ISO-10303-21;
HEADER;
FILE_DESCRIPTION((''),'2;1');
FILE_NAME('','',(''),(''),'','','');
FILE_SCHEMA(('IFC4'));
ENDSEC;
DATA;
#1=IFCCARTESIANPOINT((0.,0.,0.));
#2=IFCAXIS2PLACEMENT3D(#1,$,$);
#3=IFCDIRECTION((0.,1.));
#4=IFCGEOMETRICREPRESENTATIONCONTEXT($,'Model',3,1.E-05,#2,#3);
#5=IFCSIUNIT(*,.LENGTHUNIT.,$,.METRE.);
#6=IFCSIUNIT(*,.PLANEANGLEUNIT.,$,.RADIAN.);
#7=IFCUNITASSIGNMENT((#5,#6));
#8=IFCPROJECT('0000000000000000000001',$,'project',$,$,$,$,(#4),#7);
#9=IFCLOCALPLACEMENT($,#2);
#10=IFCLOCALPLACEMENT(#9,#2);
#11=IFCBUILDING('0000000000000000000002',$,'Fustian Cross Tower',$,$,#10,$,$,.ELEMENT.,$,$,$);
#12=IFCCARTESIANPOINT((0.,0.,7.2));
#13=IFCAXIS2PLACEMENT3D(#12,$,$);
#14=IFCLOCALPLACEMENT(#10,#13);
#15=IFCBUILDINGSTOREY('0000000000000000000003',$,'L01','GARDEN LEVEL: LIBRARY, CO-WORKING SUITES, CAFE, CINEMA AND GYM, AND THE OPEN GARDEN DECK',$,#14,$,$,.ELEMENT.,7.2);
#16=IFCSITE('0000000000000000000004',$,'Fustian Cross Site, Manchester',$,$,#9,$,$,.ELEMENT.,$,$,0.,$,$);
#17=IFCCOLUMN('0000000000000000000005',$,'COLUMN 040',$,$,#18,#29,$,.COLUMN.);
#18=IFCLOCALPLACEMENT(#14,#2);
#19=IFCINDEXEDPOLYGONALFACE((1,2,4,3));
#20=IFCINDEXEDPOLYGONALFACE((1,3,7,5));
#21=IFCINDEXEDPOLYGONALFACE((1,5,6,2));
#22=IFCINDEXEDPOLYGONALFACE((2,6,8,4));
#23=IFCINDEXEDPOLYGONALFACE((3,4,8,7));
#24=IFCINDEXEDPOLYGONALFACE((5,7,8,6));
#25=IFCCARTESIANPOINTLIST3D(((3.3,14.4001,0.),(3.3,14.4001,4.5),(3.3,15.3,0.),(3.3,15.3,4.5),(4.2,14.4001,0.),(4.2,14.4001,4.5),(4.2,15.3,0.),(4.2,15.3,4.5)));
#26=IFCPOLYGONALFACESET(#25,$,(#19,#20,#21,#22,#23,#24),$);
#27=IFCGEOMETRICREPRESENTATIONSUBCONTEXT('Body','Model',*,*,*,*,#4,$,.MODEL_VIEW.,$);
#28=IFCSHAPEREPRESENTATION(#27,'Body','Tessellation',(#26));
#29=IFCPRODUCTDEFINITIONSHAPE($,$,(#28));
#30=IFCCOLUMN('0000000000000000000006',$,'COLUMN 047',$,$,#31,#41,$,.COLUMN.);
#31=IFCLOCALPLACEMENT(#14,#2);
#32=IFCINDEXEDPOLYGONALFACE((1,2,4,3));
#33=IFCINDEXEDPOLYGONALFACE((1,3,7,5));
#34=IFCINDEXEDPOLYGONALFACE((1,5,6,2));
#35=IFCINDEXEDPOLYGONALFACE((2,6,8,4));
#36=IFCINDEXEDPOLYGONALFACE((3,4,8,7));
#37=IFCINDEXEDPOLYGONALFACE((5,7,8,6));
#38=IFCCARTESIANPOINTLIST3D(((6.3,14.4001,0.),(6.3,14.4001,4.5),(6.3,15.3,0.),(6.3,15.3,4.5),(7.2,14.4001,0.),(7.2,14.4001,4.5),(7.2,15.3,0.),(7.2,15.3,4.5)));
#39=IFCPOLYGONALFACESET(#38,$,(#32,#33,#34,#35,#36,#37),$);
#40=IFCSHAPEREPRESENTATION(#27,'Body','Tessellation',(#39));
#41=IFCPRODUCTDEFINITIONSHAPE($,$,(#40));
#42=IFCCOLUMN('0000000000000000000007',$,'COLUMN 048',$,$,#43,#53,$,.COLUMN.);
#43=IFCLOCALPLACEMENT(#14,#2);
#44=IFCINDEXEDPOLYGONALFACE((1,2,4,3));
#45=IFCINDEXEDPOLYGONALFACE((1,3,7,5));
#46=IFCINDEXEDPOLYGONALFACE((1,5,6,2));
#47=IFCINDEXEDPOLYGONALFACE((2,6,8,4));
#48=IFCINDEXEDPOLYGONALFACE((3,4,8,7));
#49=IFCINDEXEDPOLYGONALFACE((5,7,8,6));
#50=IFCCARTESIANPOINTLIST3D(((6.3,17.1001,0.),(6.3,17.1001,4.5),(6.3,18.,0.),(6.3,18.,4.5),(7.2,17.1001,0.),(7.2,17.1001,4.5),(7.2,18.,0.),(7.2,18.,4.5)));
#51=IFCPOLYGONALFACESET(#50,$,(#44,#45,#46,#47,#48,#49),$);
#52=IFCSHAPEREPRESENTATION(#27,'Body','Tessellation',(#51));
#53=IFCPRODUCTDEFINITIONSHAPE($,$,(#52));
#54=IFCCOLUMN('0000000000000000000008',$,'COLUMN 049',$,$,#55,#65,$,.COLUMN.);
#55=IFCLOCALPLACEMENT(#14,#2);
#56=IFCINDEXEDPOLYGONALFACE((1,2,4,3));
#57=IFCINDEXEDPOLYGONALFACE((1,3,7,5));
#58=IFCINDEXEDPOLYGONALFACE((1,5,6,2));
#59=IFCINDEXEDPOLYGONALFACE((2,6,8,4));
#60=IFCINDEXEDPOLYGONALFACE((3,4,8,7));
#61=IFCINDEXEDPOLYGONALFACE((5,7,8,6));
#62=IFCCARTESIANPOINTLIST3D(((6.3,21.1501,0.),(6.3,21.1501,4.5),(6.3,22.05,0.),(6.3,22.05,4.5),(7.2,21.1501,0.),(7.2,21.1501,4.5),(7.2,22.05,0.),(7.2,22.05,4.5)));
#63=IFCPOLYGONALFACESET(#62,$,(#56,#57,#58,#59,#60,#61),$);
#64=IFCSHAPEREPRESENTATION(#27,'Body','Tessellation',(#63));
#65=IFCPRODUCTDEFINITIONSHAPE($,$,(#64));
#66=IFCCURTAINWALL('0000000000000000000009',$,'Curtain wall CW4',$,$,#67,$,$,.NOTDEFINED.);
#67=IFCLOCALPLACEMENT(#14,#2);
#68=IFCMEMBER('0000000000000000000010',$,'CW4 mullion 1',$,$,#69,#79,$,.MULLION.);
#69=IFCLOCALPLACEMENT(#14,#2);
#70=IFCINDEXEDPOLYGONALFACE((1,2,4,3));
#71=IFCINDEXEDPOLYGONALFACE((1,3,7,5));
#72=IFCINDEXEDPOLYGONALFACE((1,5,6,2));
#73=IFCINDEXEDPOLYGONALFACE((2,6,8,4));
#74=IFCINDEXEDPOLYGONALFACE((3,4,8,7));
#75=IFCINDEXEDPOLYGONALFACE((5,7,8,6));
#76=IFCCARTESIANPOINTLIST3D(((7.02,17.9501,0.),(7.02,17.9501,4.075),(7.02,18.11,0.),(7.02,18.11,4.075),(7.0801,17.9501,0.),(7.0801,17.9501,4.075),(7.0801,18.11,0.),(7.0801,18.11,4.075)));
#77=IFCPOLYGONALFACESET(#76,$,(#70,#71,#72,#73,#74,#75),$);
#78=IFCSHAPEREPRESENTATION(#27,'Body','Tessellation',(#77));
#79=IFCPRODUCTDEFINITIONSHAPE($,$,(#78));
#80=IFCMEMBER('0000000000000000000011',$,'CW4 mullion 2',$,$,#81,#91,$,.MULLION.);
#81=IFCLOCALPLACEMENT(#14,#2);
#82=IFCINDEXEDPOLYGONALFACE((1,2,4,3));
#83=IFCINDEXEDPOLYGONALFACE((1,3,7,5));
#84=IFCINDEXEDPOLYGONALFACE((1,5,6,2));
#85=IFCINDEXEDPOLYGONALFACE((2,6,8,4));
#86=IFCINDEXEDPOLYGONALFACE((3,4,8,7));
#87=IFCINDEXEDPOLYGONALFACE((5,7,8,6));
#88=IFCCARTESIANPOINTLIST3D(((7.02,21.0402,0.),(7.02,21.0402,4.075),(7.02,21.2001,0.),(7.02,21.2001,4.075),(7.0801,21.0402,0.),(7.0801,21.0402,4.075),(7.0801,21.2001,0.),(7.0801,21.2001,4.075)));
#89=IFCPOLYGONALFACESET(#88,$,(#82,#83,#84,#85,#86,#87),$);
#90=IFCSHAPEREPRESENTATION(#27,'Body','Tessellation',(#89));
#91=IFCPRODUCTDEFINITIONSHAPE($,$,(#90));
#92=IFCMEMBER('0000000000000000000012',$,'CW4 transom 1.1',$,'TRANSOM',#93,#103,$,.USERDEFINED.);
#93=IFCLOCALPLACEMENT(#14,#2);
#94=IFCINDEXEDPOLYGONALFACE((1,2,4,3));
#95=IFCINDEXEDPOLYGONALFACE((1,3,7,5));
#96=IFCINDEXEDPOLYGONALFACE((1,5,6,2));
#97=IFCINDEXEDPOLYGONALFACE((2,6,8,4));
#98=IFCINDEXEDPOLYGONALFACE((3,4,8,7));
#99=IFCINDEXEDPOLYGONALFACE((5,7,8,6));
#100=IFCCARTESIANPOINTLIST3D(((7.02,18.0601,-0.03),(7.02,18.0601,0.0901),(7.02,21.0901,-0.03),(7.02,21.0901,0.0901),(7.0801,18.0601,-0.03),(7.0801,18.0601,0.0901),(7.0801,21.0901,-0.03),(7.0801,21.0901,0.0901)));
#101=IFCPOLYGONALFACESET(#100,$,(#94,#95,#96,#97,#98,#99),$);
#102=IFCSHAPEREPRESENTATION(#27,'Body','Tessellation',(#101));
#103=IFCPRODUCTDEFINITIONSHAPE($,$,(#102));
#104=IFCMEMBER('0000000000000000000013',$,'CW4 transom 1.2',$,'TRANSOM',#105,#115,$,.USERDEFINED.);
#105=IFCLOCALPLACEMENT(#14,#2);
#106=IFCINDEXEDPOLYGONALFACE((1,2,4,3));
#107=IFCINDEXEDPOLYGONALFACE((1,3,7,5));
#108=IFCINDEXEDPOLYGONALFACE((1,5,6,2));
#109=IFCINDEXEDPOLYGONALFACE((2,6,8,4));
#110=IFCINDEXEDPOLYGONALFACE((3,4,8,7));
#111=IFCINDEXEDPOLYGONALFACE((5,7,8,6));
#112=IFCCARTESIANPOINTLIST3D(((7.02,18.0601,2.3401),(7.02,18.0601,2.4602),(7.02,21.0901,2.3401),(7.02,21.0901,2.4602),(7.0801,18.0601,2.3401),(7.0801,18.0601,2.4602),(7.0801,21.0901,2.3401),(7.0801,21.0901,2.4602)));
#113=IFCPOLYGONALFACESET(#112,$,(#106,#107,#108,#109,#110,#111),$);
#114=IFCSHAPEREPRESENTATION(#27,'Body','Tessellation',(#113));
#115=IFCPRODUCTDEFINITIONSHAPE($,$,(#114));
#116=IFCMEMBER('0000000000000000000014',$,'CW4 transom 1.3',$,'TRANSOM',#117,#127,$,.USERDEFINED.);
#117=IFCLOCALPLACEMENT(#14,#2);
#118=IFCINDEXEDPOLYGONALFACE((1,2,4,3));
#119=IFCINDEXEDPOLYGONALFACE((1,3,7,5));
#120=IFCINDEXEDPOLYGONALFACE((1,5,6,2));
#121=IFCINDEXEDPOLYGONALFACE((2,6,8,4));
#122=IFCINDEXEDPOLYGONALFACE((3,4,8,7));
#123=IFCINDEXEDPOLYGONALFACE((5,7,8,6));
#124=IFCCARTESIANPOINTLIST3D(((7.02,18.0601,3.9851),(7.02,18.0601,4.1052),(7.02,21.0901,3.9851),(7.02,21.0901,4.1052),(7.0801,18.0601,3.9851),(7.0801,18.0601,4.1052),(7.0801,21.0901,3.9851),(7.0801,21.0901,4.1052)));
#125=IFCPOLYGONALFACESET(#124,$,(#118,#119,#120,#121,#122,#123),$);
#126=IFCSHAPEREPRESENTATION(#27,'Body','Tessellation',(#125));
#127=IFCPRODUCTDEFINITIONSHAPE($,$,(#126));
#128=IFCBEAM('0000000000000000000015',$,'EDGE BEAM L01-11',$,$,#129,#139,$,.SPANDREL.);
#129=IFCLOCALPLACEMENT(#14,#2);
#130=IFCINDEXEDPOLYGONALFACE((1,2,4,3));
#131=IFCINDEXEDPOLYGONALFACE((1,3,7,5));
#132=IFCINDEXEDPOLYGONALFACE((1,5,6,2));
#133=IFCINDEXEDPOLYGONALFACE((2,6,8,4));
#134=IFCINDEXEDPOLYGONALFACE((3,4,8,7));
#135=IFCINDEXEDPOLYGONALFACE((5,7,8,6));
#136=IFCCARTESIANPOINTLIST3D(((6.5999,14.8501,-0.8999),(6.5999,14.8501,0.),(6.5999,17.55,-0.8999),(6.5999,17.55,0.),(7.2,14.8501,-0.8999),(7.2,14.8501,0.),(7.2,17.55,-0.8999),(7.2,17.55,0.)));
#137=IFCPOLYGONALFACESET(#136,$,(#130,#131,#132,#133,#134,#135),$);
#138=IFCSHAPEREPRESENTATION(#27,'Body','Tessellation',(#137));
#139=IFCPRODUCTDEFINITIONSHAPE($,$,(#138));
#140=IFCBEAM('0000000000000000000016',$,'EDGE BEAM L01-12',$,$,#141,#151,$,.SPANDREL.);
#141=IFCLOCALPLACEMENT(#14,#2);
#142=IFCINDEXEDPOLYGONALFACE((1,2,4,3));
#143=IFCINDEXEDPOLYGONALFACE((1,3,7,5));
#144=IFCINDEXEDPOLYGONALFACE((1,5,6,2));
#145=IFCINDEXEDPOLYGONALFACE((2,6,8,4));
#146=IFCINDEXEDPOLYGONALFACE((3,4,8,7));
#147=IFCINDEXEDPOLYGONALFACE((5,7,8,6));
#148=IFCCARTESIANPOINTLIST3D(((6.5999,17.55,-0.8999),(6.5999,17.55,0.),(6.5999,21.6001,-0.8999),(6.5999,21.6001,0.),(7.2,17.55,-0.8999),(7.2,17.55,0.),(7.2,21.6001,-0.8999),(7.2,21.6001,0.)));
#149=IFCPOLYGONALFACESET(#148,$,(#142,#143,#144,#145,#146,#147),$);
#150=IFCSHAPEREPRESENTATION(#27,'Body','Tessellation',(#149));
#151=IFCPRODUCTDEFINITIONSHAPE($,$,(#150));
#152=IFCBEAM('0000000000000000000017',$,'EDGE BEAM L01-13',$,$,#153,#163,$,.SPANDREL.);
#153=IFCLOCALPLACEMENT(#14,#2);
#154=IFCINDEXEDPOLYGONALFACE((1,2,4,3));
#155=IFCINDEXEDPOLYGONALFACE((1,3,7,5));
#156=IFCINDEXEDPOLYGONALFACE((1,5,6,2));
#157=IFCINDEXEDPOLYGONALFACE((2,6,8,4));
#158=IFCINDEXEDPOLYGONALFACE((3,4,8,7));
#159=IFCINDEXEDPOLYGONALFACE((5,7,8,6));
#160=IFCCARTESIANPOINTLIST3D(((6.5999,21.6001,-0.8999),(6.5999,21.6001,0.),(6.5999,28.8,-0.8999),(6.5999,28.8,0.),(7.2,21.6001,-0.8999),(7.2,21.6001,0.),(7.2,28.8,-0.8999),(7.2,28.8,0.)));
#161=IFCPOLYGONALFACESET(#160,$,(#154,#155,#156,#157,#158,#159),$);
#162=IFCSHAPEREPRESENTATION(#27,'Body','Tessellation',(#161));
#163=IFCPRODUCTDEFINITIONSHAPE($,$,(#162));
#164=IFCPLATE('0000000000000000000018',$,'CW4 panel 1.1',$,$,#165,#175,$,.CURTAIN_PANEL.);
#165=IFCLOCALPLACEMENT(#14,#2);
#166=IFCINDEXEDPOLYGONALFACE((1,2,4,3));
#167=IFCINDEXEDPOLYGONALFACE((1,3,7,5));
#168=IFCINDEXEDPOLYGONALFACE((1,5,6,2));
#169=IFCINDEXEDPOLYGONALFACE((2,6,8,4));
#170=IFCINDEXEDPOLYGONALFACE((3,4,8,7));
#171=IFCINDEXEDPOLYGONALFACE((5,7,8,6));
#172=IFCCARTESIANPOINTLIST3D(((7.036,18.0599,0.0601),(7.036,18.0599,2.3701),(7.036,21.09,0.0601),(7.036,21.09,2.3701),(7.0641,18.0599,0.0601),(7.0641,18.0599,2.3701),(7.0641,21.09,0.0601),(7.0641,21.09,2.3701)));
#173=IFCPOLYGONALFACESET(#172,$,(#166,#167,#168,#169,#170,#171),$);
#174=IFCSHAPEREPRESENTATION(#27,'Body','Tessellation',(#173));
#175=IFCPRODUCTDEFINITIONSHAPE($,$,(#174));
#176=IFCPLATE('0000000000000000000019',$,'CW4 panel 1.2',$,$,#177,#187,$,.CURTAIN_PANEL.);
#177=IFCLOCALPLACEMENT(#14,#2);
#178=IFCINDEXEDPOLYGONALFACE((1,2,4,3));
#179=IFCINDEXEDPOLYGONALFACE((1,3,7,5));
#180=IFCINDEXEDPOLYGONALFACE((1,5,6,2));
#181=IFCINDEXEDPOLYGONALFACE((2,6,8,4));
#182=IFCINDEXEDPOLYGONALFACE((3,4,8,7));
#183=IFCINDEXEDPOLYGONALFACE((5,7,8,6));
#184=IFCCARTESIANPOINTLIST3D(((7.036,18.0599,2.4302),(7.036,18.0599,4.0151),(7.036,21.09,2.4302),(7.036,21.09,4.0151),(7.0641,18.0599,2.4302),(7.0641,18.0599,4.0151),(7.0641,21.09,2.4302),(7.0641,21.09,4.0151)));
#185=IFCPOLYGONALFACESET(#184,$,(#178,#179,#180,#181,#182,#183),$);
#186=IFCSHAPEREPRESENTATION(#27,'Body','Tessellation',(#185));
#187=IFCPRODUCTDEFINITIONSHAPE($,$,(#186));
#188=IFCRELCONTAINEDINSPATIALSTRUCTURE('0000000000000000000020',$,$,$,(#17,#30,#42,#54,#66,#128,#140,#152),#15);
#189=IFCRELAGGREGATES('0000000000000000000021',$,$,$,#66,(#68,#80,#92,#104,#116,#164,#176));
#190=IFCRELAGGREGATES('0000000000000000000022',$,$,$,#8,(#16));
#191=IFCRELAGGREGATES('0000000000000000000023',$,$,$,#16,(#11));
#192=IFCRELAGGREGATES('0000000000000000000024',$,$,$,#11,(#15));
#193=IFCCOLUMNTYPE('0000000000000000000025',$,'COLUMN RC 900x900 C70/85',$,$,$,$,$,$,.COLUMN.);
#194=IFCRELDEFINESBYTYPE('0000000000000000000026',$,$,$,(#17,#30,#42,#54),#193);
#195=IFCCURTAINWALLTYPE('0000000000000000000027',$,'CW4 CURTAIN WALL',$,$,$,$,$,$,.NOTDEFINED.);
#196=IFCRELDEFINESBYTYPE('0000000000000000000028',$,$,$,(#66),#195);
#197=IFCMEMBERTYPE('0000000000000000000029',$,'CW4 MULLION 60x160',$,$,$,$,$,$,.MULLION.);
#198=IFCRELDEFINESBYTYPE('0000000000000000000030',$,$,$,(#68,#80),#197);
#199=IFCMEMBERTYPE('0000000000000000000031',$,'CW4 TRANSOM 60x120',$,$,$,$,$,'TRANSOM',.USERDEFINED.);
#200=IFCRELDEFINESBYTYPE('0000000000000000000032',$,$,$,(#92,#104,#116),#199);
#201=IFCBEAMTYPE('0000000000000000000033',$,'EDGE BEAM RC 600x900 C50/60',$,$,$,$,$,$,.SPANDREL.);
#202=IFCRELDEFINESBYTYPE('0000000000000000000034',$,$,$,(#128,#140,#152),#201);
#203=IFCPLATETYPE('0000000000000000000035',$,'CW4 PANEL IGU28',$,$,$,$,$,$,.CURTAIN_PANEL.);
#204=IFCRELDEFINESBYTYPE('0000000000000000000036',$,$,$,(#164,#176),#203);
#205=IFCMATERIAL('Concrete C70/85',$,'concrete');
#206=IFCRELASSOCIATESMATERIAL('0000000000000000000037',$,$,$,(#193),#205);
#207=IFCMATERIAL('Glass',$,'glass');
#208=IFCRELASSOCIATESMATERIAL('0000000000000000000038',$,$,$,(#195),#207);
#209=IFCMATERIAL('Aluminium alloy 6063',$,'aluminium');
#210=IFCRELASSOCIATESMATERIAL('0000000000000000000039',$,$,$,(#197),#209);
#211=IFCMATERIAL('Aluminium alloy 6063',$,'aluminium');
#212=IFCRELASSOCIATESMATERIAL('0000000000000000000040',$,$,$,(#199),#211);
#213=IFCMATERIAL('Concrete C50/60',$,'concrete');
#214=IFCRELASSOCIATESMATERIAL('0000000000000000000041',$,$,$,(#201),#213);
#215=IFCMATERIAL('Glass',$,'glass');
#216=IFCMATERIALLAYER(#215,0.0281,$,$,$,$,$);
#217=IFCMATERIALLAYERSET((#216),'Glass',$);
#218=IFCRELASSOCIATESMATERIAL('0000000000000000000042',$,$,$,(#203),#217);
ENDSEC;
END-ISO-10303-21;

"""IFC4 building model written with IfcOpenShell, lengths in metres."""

from ifc_helpers import new_model, si_unit, direction, frame, origin, origin_2d, place, context, subcontext, project, spatial, rectangle, extrude, material, layer, layer_set, material_profile, profile_set, type_object, element, aggregate, save


model = new_model("IFC4")

# Units and contexts
model_context = context("Model", 3, precision=1e-05, world=origin(), true_north=direction((0.0, 1.0)))
body_context = subcontext(model_context, "Body", "Model", "MODEL_VIEW")
ifc_project = project(units=[si_unit("LENGTHUNIT", "METRE"), si_unit("PLANEANGLEUNIT", "RADIAN")], contexts=[model_context])

# Site, building, storey
site_placement = place(None, origin())
site = spatial("IfcSite", under=ifc_project, at=site_placement, Name="Fustian Cross Site, Manchester", CompositionType="ELEMENT", RefElevation=0.0)
building_placement = place(site_placement, origin())
building = spatial("IfcBuilding", under=site, at=building_placement, Name="Fustian Cross Tower", CompositionType="ELEMENT")
storey_placement = place(building_placement, frame((0.0, 0.0, 7.2)))
storey = spatial("IfcBuildingStorey", under=building, at=storey_placement, Name="L01", Description="GARDEN LEVEL: LIBRARY, CO-WORKING SUITES, CAFE, CINEMA AND GYM, AND THE OPEN GARDEN DECK", CompositionType="ELEMENT", Elevation=7.2)

# Columns
ifc_material_1 = material(Name="Concrete C70/85", Category="concrete")
ifc_material_profile_1 = material_profile(ifc_material_1, rectangle(XDim=0.8999, YDim=0.8999, at=origin_2d()), Name="RC 900x900")
ifc_profile_set_1 = profile_set([ifc_material_profile_1], Name="Concrete C70/85")
column_type = type_object("IfcColumnType", Name="COLUMN RC 900x900 C70/85", PredefinedType="COLUMN", material=ifc_profile_set_1)
for number, where, z_axis, x_axis, name in (
    (1, (3.75, 14.8501, 0.0), (0.0, 0.0, 1.0), (1.0, 0.0, 0.0), "COLUMN 040"),
    (2, (6.75, 14.8501, 0.0), (0.0, 0.0, 1.0), (1.0, 0.0, 0.0), "COLUMN 047"),
    (3, (6.75, 17.55, 0.0), (0.0, 0.0, 1.0), (1.0, 0.0, 0.0), "COLUMN 048"),
    (4, (6.75, 21.6001, 0.0), (0.0, 0.0, 1.0), (1.0, 0.0, 0.0), "COLUMN 049"),
):
    element("IfcColumn", number, at=place(storey_placement, frame(where, z_axis=z_axis, x_axis=x_axis)), inside=storey, type_object=column_type, Name=name, PredefinedType="COLUMN", context=body_context, shape_type="SweptSolid", body=[
        extrude(rectangle(XDim=0.8999, YDim=0.8999, at=origin_2d()), origin(), (0.0, 0.0, 1.0), 4.5),
    ])

# Curtain wall, members
ifc_material_2 = material(Name="Glass", Category="glass")
curtain_wall_type = type_object("IfcCurtainWallType", Name="CW4 CURTAIN WALL", PredefinedType="NOTDEFINED", material=ifc_material_2)
curtain_wall_placement = place(storey_placement, origin())
curtain_wall = element("IfcCurtainWall", 5, at=curtain_wall_placement, inside=storey, type_object=curtain_wall_type, Name="Curtain wall CW4", PredefinedType="NOTDEFINED")
ifc_material_3 = material(Name="Aluminium alloy 6063", Category="aluminium")
ifc_material_profile_2 = material_profile(ifc_material_3, rectangle(XDim=0.0601, YDim=0.1599, at=origin_2d()), Name="CW4 MULLION 60x160")
ifc_profile_set_2 = profile_set([ifc_material_profile_2], Name="Aluminium alloy 6063")
member_type_1 = type_object("IfcMemberType", Name="CW4 MULLION 60x160", PredefinedType="MULLION", material=ifc_profile_set_2)
member_1_placement = place(storey_placement, frame((7.05, 18.03, 0.0), z_axis=(0.0, 0.0, 1.0), x_axis=(-1.0, 0.0, 0.0)))
member_1 = element("IfcMember", 6, at=member_1_placement, type_object=member_type_1, Name="CW4 mullion 1", PredefinedType="MULLION", context=body_context, shape_type="SweptSolid", body=[
    extrude(rectangle(XDim=0.0601, YDim=0.1599, at=origin_2d()), origin(), (0.0, 0.0, 1.0), 4.075),
])
member_2_placement = place(storey_placement, frame((7.05, 21.1201, 0.0), z_axis=(0.0, 0.0, 1.0), x_axis=(-1.0, 0.0, 0.0)))
member_2 = element("IfcMember", 7, at=member_2_placement, type_object=member_type_1, Name="CW4 mullion 2", PredefinedType="MULLION", context=body_context, shape_type="SweptSolid", body=[
    extrude(rectangle(XDim=0.0601, YDim=0.1599, at=origin_2d()), origin(), (0.0, 0.0, 1.0), 4.075),
])
ifc_material_4 = material(Name="Aluminium alloy 6063", Category="aluminium")
ifc_material_profile_3 = material_profile(ifc_material_4, rectangle(XDim=0.0601, YDim=0.1201, at=origin_2d()), Name="CW4 TRANSOM 60x120")
ifc_profile_set_3 = profile_set([ifc_material_profile_3], Name="Aluminium alloy 6063")
member_type_2 = type_object("IfcMemberType", Name="CW4 TRANSOM 60x120", ElementType="TRANSOM", PredefinedType="USERDEFINED", material=ifc_profile_set_3)
member_3_placement = place(storey_placement, frame((7.05, 18.0601, 0.03), z_axis=(0.0, 1.0, 0.0), x_axis=(-1.0, 0.0, 0.0)))
member_3 = element("IfcMember", 8, at=member_3_placement, type_object=member_type_2, Name="CW4 transom 1.1", ObjectType="TRANSOM", PredefinedType="USERDEFINED", context=body_context, shape_type="SweptSolid", body=[
    extrude(rectangle(XDim=0.0601, YDim=0.1201, at=origin_2d()), origin(), (0.0, 0.0, 1.0), 3.03),
])
member_4_placement = place(storey_placement, frame((7.05, 18.0601, 2.4001), z_axis=(0.0, 1.0, 0.0), x_axis=(-1.0, 0.0, 0.0)))
member_4 = element("IfcMember", 9, at=member_4_placement, type_object=member_type_2, Name="CW4 transom 1.2", ObjectType="TRANSOM", PredefinedType="USERDEFINED", context=body_context, shape_type="SweptSolid", body=[
    extrude(rectangle(XDim=0.0601, YDim=0.1201, at=origin_2d()), origin(), (0.0, 0.0, 1.0), 3.03),
])
member_5_placement = place(storey_placement, frame((7.05, 18.0601, 4.0452), z_axis=(0.0, 1.0, 0.0), x_axis=(-1.0, 0.0, 0.0)))
member_5 = element("IfcMember", 10, at=member_5_placement, type_object=member_type_2, Name="CW4 transom 1.3", ObjectType="TRANSOM", PredefinedType="USERDEFINED", context=body_context, shape_type="SweptSolid", body=[
    extrude(rectangle(XDim=0.0601, YDim=0.1201, at=origin_2d()), origin(), (0.0, 0.0, 1.0), 3.03),
])

# Beams
ifc_material_5 = material(Name="Concrete C50/60", Category="concrete")
ifc_material_profile_4 = material_profile(ifc_material_5, rectangle(XDim=0.6001, YDim=0.8999, at=origin_2d()), Name="RC 600x900")
ifc_profile_set_4 = profile_set([ifc_material_profile_4], Name="Concrete C50/60")
beam_type = type_object("IfcBeamType", Name="EDGE BEAM RC 600x900 C50/60", PredefinedType="SPANDREL", material=ifc_profile_set_4)
beam_1_placement = place(storey_placement, frame((6.8999, 14.8501, -0.45), z_axis=(0.0, 1.0, 0.0), x_axis=(-1.0, 0.0, 0.0)))
element("IfcBeam", 11, at=beam_1_placement, inside=storey, type_object=beam_type, Name="EDGE BEAM L01-11", PredefinedType="SPANDREL", context=body_context, shape_type="SweptSolid", body=[
    extrude(rectangle(XDim=0.6001, YDim=0.8999, at=origin_2d()), origin(), (0.0, 0.0, 1.0), 2.7),
])
beam_2_placement = place(storey_placement, frame((6.8999, 17.55, -0.45), z_axis=(0.0, 1.0, 0.0), x_axis=(-1.0, 0.0, 0.0)))
element("IfcBeam", 12, at=beam_2_placement, inside=storey, type_object=beam_type, Name="EDGE BEAM L01-12", PredefinedType="SPANDREL", context=body_context, shape_type="SweptSolid", body=[
    extrude(rectangle(XDim=0.6001, YDim=0.8999, at=origin_2d()), origin(), (0.0, 0.0, 1.0), 4.05),
])
beam_3_placement = place(storey_placement, frame((6.8999, 21.6001, -0.45), z_axis=(0.0, 1.0, 0.0), x_axis=(-1.0, 0.0, 0.0)))
element("IfcBeam", 13, at=beam_3_placement, inside=storey, type_object=beam_type, Name="EDGE BEAM L01-13", PredefinedType="SPANDREL", context=body_context, shape_type="SweptSolid", body=[
    extrude(rectangle(XDim=0.6001, YDim=0.8999, at=origin_2d()), origin(), (0.0, 0.0, 1.0), 7.2),
])

# Plates
ifc_material_6 = material(Name="Glass", Category="glass")
ifc_layer_1 = layer(ifc_material_6, 0.0281)
ifc_layer_set_1 = layer_set([ifc_layer_1], Name="Glass")
plate_type = type_object("IfcPlateType", Name="CW4 PANEL IGU28", PredefinedType="CURTAIN_PANEL", material=ifc_layer_set_1)
plate_1_placement = place(storey_placement, frame((7.05, 19.575, 0.0601), z_axis=(0.0, 0.0, 1.0), x_axis=(0.0, 1.0, 0.0)))
plate_1 = element("IfcPlate", 14, at=plate_1_placement, type_object=plate_type, Name="CW4 panel 1.1", PredefinedType="CURTAIN_PANEL", context=body_context, shape_type="SweptSolid", body=[
    extrude(rectangle(XDim=3.03, YDim=0.0281, at=origin_2d()), origin(), (0.0, 0.0, 1.0), 2.3101),
])
plate_2_placement = place(storey_placement, frame((7.05, 19.575, 2.4302), z_axis=(0.0, 0.0, 1.0), x_axis=(0.0, 1.0, 0.0)))
plate_2 = element("IfcPlate", 15, at=plate_2_placement, type_object=plate_type, Name="CW4 panel 1.2", PredefinedType="CURTAIN_PANEL", context=body_context, shape_type="SweptSolid", body=[
    extrude(rectangle(XDim=3.03, YDim=0.0281, at=origin_2d()), origin(), (0.0, 0.0, 1.0), 1.585),
])
aggregate(curtain_wall, [member_1, member_2, member_3, member_4, member_5, plate_1, plate_2])

save(model, "model.ifc")
